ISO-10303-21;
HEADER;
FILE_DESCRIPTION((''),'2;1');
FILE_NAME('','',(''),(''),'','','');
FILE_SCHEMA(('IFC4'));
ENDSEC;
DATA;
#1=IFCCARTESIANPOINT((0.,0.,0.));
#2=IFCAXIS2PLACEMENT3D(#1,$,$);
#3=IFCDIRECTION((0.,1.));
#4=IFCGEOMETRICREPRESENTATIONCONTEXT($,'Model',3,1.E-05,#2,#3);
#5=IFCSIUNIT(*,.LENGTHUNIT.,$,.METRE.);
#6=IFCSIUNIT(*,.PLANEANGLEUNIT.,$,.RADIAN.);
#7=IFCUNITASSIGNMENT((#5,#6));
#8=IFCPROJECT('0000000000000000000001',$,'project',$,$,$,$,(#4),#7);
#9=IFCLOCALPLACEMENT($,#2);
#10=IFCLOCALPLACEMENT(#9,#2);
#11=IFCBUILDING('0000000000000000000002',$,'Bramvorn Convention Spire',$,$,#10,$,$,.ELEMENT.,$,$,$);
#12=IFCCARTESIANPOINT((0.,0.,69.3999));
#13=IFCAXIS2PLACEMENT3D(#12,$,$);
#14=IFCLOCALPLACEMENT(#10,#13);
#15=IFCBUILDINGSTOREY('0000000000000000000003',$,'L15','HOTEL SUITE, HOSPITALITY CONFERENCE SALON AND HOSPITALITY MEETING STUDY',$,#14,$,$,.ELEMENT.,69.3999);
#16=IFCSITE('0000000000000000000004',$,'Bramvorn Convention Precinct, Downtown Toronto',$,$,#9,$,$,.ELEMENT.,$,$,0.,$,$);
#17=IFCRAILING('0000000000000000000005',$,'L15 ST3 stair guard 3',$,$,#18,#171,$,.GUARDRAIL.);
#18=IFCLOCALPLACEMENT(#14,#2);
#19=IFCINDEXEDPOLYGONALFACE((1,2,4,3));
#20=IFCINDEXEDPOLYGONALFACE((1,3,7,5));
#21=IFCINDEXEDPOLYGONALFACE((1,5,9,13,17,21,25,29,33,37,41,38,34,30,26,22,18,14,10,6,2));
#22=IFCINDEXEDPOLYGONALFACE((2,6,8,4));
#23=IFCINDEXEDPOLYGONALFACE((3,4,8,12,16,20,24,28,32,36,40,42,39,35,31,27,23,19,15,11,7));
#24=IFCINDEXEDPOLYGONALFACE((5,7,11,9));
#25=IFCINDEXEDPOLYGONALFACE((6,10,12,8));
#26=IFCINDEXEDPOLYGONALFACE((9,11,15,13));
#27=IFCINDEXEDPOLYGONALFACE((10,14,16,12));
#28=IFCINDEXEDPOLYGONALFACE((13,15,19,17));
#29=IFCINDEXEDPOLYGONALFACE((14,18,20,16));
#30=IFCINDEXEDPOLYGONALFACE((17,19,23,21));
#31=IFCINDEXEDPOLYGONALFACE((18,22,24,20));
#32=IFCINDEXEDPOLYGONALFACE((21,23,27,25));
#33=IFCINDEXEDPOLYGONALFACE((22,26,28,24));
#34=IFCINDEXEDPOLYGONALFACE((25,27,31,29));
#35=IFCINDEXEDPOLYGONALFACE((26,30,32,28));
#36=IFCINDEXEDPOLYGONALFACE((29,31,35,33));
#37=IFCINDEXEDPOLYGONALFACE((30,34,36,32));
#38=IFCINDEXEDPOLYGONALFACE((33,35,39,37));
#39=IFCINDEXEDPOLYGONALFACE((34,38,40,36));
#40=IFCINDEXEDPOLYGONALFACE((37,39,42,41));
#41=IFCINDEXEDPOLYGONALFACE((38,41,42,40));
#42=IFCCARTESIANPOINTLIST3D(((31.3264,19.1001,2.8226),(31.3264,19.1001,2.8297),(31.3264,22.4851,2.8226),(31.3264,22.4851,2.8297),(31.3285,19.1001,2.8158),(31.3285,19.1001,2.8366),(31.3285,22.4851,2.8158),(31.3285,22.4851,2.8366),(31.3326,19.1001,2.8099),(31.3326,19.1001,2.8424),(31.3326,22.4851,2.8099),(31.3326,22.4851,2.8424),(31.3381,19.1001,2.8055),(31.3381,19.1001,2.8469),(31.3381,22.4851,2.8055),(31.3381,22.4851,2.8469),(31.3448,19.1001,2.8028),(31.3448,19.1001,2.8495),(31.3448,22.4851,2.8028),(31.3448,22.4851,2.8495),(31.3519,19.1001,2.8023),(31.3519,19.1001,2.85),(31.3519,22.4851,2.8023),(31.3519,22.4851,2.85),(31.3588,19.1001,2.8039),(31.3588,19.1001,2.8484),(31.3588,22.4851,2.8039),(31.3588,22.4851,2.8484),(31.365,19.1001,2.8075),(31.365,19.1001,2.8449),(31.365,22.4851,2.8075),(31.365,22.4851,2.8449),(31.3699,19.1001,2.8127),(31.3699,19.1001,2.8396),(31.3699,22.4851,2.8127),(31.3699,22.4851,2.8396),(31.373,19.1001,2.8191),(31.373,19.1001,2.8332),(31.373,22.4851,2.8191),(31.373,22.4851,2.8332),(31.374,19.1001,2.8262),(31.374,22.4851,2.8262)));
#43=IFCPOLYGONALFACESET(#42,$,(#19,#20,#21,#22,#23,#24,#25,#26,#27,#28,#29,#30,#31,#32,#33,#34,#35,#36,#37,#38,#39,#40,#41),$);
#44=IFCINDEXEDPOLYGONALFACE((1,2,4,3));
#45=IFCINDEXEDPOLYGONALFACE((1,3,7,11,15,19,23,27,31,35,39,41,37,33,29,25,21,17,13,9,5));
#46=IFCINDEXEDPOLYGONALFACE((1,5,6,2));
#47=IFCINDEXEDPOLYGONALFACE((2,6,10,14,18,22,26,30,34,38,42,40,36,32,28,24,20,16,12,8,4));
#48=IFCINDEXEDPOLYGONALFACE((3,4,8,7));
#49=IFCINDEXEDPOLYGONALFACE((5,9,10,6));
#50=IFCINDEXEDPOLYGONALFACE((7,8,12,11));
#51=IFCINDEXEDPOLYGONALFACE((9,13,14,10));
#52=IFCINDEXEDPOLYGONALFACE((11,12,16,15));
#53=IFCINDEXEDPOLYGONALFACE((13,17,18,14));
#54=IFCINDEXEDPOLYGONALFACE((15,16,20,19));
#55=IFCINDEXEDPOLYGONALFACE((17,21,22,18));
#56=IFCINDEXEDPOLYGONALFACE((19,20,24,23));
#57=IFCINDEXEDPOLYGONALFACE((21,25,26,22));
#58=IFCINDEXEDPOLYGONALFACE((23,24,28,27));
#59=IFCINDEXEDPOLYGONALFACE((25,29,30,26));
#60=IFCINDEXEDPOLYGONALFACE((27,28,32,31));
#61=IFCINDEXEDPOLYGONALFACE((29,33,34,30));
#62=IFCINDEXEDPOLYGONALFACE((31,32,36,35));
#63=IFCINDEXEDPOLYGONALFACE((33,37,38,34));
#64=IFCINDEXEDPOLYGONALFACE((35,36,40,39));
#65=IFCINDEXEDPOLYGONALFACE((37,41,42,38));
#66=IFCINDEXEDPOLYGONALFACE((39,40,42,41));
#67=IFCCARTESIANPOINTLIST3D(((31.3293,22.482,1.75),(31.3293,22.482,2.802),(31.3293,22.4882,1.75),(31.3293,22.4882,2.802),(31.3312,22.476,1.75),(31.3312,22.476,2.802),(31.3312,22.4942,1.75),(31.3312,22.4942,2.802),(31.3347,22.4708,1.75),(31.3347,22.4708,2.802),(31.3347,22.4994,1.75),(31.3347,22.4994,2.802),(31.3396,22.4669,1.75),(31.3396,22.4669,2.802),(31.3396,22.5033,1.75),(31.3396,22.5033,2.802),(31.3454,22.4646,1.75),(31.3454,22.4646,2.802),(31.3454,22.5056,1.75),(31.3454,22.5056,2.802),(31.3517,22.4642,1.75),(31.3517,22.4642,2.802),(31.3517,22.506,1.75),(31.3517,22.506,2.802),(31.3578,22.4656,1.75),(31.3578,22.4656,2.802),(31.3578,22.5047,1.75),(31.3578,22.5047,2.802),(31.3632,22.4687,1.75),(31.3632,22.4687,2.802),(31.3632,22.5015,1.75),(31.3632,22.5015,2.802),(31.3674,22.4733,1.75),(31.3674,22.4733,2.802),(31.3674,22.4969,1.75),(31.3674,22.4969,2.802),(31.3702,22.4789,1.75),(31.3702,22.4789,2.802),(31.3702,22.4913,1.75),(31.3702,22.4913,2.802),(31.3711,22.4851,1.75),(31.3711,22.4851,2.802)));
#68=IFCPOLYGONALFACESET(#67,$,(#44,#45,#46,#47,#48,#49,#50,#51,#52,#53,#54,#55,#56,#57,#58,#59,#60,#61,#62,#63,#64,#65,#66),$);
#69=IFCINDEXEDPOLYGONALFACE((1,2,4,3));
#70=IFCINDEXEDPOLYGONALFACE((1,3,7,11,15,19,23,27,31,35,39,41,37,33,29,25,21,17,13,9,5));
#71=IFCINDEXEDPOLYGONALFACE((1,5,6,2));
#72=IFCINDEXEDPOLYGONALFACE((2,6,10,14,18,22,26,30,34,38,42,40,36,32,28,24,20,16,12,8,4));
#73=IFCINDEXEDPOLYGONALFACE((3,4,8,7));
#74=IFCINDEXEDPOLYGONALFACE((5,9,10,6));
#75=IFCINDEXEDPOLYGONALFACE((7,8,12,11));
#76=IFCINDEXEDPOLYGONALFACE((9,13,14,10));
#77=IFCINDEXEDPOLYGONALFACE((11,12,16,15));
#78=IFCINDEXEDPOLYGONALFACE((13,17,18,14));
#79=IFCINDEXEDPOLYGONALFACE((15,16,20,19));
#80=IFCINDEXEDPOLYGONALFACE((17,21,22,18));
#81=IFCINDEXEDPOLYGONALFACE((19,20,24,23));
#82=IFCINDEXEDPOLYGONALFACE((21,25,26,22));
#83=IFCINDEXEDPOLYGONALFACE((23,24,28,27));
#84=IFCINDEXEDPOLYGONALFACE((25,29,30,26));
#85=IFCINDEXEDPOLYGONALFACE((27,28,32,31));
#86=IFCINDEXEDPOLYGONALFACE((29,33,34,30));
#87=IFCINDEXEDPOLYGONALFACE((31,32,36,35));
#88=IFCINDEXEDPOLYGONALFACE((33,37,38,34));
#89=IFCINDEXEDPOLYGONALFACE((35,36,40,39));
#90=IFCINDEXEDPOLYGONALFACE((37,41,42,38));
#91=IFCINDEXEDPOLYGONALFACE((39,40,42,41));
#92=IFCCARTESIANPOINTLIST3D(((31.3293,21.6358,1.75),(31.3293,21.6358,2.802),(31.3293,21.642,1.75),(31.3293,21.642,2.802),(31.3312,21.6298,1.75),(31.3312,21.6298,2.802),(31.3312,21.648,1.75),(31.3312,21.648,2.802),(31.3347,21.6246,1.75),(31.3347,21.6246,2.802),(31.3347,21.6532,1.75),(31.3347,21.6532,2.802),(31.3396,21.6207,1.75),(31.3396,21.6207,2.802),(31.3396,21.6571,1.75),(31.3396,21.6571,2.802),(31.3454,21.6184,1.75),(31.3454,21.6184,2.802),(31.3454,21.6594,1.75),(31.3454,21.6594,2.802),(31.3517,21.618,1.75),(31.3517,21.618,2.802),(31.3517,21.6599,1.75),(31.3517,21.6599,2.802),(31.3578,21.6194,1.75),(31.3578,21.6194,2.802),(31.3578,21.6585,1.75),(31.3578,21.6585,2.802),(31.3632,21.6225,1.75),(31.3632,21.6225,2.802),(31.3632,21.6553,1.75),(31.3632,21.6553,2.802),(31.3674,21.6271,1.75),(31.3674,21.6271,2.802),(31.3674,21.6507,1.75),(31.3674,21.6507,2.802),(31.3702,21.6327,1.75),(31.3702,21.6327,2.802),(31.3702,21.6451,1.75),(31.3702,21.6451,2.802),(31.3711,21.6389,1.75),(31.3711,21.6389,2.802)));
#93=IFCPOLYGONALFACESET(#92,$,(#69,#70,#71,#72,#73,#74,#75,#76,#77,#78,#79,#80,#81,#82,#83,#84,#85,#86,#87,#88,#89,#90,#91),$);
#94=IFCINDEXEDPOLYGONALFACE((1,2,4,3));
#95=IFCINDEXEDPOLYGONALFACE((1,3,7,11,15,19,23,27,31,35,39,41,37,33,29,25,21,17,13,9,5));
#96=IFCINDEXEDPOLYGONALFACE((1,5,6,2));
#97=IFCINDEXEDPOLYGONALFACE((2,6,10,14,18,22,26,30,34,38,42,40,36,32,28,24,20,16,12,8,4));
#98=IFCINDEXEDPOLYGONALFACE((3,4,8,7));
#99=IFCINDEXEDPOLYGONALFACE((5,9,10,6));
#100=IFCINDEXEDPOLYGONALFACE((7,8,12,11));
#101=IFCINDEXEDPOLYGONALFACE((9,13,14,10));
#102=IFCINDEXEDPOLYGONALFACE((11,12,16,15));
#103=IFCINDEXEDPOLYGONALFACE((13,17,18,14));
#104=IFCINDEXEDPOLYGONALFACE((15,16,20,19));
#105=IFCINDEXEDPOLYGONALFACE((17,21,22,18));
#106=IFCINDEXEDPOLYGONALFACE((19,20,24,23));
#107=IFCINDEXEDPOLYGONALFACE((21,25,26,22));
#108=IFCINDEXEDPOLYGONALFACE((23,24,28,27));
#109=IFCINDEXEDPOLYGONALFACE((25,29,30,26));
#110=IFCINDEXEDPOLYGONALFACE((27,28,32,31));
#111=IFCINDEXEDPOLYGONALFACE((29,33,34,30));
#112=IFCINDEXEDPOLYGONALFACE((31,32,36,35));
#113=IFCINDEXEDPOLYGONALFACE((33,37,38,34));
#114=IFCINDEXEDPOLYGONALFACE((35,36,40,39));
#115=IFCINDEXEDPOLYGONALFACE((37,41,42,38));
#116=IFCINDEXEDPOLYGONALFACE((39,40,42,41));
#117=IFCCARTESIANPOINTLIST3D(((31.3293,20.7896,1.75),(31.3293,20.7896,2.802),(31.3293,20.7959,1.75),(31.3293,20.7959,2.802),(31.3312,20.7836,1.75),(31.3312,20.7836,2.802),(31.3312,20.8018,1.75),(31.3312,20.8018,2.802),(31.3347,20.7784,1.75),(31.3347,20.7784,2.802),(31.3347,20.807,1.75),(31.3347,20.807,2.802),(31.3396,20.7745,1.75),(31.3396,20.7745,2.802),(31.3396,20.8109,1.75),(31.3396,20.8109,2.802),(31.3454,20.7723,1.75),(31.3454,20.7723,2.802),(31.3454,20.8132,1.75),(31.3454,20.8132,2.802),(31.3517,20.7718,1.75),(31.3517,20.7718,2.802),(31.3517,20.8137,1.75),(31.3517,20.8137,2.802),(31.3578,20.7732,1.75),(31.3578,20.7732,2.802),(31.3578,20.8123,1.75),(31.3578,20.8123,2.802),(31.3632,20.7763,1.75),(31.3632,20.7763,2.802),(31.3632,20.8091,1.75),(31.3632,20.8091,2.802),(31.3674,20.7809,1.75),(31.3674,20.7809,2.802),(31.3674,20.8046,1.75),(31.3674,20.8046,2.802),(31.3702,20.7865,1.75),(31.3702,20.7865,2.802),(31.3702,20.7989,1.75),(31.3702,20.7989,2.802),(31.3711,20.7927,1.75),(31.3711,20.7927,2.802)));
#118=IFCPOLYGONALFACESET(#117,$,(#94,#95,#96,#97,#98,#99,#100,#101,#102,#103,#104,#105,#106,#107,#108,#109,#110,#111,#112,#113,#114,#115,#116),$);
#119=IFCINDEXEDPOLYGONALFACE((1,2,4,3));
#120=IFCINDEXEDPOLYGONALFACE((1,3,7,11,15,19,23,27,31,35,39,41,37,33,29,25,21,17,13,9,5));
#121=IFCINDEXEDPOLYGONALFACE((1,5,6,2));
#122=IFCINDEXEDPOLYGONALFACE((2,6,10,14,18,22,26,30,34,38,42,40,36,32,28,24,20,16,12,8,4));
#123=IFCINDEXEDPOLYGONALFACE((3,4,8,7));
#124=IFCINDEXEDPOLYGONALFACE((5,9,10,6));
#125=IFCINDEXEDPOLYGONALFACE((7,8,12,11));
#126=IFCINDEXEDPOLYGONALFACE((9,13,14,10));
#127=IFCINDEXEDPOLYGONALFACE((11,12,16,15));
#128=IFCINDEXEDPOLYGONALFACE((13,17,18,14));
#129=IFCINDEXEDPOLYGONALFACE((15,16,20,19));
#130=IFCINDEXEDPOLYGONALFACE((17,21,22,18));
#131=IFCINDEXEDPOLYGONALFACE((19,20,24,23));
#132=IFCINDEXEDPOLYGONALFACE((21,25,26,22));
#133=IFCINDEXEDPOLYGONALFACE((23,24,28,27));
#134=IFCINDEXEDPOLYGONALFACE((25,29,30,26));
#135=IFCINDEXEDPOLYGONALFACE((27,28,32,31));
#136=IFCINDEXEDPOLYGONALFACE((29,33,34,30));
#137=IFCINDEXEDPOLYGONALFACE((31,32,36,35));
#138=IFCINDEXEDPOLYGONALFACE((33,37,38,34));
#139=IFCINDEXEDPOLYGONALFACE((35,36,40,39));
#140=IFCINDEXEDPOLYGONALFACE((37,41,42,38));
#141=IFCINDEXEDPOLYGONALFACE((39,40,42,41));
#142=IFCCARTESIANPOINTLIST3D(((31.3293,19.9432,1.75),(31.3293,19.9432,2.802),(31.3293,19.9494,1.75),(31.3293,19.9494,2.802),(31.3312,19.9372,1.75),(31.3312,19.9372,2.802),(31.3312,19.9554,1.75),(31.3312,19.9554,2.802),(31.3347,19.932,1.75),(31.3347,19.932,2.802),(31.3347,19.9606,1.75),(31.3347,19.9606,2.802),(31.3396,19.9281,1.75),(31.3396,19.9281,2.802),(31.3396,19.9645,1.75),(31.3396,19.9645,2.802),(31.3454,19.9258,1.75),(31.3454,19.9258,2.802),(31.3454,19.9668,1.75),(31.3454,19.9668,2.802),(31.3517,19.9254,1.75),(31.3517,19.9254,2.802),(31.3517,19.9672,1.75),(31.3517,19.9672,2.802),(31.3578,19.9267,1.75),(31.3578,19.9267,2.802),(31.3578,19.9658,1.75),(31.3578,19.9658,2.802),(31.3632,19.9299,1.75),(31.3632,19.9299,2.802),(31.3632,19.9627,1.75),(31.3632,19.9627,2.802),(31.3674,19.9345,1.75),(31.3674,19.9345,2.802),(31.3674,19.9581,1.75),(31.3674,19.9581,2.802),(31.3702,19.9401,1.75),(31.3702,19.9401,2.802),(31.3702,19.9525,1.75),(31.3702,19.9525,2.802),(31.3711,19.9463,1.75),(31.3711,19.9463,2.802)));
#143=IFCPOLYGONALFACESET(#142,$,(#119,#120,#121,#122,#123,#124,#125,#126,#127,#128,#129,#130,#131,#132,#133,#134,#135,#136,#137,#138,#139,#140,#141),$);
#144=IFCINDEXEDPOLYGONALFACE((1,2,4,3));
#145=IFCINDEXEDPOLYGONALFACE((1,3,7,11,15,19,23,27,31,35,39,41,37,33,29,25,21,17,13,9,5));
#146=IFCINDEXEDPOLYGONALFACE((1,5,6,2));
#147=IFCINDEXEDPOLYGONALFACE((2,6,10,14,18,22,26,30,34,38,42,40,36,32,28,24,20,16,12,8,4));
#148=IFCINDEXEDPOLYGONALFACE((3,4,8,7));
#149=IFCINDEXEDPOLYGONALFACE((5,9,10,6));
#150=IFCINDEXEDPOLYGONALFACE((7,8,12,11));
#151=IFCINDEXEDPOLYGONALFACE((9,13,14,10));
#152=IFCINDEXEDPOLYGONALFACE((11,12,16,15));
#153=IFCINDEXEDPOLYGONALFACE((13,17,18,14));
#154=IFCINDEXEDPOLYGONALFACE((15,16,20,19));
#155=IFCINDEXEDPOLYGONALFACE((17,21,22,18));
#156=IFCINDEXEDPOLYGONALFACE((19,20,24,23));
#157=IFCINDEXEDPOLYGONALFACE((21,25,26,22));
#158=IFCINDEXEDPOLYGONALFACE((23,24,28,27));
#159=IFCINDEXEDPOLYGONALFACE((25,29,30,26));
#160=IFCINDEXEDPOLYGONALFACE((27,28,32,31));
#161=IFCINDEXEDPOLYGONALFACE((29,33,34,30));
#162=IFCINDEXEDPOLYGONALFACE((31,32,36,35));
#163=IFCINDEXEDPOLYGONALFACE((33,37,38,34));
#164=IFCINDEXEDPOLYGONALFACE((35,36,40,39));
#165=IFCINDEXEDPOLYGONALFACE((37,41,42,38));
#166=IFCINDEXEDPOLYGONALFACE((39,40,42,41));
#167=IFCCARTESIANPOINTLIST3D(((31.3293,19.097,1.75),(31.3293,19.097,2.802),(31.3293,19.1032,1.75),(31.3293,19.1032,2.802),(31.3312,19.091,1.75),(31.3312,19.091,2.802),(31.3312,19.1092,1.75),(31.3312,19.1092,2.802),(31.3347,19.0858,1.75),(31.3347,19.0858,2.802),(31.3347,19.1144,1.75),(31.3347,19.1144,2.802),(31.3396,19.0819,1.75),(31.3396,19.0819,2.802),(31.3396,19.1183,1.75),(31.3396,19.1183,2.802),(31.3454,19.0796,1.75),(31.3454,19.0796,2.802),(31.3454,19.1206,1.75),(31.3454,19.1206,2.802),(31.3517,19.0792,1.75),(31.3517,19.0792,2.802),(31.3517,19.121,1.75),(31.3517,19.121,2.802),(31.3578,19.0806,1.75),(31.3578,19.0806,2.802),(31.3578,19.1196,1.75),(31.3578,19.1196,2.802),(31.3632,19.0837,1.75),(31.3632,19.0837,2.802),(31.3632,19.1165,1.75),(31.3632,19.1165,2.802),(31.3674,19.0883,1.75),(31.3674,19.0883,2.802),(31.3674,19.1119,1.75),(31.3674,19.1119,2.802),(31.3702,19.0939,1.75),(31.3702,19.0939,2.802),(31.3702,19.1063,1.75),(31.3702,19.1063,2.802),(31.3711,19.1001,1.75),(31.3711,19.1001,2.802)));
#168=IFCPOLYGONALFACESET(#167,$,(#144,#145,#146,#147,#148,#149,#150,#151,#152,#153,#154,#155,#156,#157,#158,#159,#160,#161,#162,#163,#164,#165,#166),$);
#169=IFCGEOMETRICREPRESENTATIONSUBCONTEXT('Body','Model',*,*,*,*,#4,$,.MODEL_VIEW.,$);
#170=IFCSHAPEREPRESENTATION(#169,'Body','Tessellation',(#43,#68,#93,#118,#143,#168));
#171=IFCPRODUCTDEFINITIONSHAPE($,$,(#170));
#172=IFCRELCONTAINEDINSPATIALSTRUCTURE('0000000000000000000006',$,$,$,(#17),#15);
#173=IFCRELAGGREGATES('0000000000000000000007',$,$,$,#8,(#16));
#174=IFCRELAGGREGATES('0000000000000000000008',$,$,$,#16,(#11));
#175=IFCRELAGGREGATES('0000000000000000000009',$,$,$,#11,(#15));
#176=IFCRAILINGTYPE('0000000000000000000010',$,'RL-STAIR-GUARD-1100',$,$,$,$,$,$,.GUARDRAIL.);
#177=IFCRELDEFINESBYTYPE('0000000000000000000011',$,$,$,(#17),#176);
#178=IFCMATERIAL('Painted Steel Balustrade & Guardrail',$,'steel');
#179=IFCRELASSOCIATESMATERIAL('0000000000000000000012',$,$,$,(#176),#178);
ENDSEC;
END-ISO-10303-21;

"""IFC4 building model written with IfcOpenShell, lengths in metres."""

from ifc_helpers import new_model, si_unit, direction, frame, origin, origin_2d, place, context, subcontext, project, spatial, circle, extrude, material, type_object, element, save


model = new_model("IFC4")

# Units and contexts
model_context = context("Model", 3, precision=1e-05, world=origin(), true_north=direction((0.0, 1.0)))
body_context = subcontext(model_context, "Body", "Model", "MODEL_VIEW")
ifc_project = project(units=[si_unit("LENGTHUNIT", "METRE"), si_unit("PLANEANGLEUNIT", "RADIAN")], contexts=[model_context])

# Site, building, storey
site_placement = place(None, origin())
site = spatial("IfcSite", under=ifc_project, at=site_placement, Name="Bramvorn Convention Precinct, Downtown Toronto", CompositionType="ELEMENT", RefElevation=0.0)
building_placement = place(site_placement, origin())
building = spatial("IfcBuilding", under=site, at=building_placement, Name="Bramvorn Convention Spire", CompositionType="ELEMENT")
storey_placement = place(building_placement, frame((0.0, 0.0, 69.3999)))
storey = spatial("IfcBuildingStorey", under=building, at=storey_placement, Name="L15", Description="HOTEL SUITE, HOSPITALITY CONFERENCE SALON AND HOSPITALITY MEETING STUDY", CompositionType="ELEMENT", Elevation=69.3999)

# Railing
ifc_material_1 = material(Name="Painted Steel Balustrade & Guardrail", Category="steel")
railing_type_1 = type_object("IfcRailingType", Name="RL-STAIR-GUARD-1100", PredefinedType="GUARDRAIL", material=ifc_material_1)
railing_1_placement = place(storey_placement, frame((31.3501, 22.4851, 1.75)))
element("IfcRailing", 1, at=railing_1_placement, inside=storey, type_object=railing_type_1, Name="L15 ST3 stair guard 3", PredefinedType="GUARDRAIL", context=body_context, shape_type="SweptSolid", body=[
    extrude(circle(Radius=0.0239, at=origin_2d()), frame((0.0, 0.0, 1.0762), z_axis=(0.0, -1.0, 0.0), x_axis=(1.0, 0.0, 0.0)), (0.0, 0.0, 1.0), 3.385),
    extrude(circle(Radius=0.021, at=origin_2d()), origin(), (0.0, 0.0, 1.0), 1.052),
    extrude(circle(Radius=0.021, at=origin_2d()), frame((0.0, -0.8462, 0.0)), (0.0, 0.0, 1.0), 1.052),
    extrude(circle(Radius=0.021, at=origin_2d()), frame((0.0, -1.6924, 0.0)), (0.0, 0.0, 1.0), 1.052),
    extrude(circle(Radius=0.021, at=origin_2d()), frame((0.0, -2.5388, 0.0)), (0.0, 0.0, 1.0), 1.052),
    extrude(circle(Radius=0.021, at=origin_2d()), frame((0.0, -3.385, 0.0)), (0.0, 0.0, 1.0), 1.052),
])

save(model, "model.ifc")
